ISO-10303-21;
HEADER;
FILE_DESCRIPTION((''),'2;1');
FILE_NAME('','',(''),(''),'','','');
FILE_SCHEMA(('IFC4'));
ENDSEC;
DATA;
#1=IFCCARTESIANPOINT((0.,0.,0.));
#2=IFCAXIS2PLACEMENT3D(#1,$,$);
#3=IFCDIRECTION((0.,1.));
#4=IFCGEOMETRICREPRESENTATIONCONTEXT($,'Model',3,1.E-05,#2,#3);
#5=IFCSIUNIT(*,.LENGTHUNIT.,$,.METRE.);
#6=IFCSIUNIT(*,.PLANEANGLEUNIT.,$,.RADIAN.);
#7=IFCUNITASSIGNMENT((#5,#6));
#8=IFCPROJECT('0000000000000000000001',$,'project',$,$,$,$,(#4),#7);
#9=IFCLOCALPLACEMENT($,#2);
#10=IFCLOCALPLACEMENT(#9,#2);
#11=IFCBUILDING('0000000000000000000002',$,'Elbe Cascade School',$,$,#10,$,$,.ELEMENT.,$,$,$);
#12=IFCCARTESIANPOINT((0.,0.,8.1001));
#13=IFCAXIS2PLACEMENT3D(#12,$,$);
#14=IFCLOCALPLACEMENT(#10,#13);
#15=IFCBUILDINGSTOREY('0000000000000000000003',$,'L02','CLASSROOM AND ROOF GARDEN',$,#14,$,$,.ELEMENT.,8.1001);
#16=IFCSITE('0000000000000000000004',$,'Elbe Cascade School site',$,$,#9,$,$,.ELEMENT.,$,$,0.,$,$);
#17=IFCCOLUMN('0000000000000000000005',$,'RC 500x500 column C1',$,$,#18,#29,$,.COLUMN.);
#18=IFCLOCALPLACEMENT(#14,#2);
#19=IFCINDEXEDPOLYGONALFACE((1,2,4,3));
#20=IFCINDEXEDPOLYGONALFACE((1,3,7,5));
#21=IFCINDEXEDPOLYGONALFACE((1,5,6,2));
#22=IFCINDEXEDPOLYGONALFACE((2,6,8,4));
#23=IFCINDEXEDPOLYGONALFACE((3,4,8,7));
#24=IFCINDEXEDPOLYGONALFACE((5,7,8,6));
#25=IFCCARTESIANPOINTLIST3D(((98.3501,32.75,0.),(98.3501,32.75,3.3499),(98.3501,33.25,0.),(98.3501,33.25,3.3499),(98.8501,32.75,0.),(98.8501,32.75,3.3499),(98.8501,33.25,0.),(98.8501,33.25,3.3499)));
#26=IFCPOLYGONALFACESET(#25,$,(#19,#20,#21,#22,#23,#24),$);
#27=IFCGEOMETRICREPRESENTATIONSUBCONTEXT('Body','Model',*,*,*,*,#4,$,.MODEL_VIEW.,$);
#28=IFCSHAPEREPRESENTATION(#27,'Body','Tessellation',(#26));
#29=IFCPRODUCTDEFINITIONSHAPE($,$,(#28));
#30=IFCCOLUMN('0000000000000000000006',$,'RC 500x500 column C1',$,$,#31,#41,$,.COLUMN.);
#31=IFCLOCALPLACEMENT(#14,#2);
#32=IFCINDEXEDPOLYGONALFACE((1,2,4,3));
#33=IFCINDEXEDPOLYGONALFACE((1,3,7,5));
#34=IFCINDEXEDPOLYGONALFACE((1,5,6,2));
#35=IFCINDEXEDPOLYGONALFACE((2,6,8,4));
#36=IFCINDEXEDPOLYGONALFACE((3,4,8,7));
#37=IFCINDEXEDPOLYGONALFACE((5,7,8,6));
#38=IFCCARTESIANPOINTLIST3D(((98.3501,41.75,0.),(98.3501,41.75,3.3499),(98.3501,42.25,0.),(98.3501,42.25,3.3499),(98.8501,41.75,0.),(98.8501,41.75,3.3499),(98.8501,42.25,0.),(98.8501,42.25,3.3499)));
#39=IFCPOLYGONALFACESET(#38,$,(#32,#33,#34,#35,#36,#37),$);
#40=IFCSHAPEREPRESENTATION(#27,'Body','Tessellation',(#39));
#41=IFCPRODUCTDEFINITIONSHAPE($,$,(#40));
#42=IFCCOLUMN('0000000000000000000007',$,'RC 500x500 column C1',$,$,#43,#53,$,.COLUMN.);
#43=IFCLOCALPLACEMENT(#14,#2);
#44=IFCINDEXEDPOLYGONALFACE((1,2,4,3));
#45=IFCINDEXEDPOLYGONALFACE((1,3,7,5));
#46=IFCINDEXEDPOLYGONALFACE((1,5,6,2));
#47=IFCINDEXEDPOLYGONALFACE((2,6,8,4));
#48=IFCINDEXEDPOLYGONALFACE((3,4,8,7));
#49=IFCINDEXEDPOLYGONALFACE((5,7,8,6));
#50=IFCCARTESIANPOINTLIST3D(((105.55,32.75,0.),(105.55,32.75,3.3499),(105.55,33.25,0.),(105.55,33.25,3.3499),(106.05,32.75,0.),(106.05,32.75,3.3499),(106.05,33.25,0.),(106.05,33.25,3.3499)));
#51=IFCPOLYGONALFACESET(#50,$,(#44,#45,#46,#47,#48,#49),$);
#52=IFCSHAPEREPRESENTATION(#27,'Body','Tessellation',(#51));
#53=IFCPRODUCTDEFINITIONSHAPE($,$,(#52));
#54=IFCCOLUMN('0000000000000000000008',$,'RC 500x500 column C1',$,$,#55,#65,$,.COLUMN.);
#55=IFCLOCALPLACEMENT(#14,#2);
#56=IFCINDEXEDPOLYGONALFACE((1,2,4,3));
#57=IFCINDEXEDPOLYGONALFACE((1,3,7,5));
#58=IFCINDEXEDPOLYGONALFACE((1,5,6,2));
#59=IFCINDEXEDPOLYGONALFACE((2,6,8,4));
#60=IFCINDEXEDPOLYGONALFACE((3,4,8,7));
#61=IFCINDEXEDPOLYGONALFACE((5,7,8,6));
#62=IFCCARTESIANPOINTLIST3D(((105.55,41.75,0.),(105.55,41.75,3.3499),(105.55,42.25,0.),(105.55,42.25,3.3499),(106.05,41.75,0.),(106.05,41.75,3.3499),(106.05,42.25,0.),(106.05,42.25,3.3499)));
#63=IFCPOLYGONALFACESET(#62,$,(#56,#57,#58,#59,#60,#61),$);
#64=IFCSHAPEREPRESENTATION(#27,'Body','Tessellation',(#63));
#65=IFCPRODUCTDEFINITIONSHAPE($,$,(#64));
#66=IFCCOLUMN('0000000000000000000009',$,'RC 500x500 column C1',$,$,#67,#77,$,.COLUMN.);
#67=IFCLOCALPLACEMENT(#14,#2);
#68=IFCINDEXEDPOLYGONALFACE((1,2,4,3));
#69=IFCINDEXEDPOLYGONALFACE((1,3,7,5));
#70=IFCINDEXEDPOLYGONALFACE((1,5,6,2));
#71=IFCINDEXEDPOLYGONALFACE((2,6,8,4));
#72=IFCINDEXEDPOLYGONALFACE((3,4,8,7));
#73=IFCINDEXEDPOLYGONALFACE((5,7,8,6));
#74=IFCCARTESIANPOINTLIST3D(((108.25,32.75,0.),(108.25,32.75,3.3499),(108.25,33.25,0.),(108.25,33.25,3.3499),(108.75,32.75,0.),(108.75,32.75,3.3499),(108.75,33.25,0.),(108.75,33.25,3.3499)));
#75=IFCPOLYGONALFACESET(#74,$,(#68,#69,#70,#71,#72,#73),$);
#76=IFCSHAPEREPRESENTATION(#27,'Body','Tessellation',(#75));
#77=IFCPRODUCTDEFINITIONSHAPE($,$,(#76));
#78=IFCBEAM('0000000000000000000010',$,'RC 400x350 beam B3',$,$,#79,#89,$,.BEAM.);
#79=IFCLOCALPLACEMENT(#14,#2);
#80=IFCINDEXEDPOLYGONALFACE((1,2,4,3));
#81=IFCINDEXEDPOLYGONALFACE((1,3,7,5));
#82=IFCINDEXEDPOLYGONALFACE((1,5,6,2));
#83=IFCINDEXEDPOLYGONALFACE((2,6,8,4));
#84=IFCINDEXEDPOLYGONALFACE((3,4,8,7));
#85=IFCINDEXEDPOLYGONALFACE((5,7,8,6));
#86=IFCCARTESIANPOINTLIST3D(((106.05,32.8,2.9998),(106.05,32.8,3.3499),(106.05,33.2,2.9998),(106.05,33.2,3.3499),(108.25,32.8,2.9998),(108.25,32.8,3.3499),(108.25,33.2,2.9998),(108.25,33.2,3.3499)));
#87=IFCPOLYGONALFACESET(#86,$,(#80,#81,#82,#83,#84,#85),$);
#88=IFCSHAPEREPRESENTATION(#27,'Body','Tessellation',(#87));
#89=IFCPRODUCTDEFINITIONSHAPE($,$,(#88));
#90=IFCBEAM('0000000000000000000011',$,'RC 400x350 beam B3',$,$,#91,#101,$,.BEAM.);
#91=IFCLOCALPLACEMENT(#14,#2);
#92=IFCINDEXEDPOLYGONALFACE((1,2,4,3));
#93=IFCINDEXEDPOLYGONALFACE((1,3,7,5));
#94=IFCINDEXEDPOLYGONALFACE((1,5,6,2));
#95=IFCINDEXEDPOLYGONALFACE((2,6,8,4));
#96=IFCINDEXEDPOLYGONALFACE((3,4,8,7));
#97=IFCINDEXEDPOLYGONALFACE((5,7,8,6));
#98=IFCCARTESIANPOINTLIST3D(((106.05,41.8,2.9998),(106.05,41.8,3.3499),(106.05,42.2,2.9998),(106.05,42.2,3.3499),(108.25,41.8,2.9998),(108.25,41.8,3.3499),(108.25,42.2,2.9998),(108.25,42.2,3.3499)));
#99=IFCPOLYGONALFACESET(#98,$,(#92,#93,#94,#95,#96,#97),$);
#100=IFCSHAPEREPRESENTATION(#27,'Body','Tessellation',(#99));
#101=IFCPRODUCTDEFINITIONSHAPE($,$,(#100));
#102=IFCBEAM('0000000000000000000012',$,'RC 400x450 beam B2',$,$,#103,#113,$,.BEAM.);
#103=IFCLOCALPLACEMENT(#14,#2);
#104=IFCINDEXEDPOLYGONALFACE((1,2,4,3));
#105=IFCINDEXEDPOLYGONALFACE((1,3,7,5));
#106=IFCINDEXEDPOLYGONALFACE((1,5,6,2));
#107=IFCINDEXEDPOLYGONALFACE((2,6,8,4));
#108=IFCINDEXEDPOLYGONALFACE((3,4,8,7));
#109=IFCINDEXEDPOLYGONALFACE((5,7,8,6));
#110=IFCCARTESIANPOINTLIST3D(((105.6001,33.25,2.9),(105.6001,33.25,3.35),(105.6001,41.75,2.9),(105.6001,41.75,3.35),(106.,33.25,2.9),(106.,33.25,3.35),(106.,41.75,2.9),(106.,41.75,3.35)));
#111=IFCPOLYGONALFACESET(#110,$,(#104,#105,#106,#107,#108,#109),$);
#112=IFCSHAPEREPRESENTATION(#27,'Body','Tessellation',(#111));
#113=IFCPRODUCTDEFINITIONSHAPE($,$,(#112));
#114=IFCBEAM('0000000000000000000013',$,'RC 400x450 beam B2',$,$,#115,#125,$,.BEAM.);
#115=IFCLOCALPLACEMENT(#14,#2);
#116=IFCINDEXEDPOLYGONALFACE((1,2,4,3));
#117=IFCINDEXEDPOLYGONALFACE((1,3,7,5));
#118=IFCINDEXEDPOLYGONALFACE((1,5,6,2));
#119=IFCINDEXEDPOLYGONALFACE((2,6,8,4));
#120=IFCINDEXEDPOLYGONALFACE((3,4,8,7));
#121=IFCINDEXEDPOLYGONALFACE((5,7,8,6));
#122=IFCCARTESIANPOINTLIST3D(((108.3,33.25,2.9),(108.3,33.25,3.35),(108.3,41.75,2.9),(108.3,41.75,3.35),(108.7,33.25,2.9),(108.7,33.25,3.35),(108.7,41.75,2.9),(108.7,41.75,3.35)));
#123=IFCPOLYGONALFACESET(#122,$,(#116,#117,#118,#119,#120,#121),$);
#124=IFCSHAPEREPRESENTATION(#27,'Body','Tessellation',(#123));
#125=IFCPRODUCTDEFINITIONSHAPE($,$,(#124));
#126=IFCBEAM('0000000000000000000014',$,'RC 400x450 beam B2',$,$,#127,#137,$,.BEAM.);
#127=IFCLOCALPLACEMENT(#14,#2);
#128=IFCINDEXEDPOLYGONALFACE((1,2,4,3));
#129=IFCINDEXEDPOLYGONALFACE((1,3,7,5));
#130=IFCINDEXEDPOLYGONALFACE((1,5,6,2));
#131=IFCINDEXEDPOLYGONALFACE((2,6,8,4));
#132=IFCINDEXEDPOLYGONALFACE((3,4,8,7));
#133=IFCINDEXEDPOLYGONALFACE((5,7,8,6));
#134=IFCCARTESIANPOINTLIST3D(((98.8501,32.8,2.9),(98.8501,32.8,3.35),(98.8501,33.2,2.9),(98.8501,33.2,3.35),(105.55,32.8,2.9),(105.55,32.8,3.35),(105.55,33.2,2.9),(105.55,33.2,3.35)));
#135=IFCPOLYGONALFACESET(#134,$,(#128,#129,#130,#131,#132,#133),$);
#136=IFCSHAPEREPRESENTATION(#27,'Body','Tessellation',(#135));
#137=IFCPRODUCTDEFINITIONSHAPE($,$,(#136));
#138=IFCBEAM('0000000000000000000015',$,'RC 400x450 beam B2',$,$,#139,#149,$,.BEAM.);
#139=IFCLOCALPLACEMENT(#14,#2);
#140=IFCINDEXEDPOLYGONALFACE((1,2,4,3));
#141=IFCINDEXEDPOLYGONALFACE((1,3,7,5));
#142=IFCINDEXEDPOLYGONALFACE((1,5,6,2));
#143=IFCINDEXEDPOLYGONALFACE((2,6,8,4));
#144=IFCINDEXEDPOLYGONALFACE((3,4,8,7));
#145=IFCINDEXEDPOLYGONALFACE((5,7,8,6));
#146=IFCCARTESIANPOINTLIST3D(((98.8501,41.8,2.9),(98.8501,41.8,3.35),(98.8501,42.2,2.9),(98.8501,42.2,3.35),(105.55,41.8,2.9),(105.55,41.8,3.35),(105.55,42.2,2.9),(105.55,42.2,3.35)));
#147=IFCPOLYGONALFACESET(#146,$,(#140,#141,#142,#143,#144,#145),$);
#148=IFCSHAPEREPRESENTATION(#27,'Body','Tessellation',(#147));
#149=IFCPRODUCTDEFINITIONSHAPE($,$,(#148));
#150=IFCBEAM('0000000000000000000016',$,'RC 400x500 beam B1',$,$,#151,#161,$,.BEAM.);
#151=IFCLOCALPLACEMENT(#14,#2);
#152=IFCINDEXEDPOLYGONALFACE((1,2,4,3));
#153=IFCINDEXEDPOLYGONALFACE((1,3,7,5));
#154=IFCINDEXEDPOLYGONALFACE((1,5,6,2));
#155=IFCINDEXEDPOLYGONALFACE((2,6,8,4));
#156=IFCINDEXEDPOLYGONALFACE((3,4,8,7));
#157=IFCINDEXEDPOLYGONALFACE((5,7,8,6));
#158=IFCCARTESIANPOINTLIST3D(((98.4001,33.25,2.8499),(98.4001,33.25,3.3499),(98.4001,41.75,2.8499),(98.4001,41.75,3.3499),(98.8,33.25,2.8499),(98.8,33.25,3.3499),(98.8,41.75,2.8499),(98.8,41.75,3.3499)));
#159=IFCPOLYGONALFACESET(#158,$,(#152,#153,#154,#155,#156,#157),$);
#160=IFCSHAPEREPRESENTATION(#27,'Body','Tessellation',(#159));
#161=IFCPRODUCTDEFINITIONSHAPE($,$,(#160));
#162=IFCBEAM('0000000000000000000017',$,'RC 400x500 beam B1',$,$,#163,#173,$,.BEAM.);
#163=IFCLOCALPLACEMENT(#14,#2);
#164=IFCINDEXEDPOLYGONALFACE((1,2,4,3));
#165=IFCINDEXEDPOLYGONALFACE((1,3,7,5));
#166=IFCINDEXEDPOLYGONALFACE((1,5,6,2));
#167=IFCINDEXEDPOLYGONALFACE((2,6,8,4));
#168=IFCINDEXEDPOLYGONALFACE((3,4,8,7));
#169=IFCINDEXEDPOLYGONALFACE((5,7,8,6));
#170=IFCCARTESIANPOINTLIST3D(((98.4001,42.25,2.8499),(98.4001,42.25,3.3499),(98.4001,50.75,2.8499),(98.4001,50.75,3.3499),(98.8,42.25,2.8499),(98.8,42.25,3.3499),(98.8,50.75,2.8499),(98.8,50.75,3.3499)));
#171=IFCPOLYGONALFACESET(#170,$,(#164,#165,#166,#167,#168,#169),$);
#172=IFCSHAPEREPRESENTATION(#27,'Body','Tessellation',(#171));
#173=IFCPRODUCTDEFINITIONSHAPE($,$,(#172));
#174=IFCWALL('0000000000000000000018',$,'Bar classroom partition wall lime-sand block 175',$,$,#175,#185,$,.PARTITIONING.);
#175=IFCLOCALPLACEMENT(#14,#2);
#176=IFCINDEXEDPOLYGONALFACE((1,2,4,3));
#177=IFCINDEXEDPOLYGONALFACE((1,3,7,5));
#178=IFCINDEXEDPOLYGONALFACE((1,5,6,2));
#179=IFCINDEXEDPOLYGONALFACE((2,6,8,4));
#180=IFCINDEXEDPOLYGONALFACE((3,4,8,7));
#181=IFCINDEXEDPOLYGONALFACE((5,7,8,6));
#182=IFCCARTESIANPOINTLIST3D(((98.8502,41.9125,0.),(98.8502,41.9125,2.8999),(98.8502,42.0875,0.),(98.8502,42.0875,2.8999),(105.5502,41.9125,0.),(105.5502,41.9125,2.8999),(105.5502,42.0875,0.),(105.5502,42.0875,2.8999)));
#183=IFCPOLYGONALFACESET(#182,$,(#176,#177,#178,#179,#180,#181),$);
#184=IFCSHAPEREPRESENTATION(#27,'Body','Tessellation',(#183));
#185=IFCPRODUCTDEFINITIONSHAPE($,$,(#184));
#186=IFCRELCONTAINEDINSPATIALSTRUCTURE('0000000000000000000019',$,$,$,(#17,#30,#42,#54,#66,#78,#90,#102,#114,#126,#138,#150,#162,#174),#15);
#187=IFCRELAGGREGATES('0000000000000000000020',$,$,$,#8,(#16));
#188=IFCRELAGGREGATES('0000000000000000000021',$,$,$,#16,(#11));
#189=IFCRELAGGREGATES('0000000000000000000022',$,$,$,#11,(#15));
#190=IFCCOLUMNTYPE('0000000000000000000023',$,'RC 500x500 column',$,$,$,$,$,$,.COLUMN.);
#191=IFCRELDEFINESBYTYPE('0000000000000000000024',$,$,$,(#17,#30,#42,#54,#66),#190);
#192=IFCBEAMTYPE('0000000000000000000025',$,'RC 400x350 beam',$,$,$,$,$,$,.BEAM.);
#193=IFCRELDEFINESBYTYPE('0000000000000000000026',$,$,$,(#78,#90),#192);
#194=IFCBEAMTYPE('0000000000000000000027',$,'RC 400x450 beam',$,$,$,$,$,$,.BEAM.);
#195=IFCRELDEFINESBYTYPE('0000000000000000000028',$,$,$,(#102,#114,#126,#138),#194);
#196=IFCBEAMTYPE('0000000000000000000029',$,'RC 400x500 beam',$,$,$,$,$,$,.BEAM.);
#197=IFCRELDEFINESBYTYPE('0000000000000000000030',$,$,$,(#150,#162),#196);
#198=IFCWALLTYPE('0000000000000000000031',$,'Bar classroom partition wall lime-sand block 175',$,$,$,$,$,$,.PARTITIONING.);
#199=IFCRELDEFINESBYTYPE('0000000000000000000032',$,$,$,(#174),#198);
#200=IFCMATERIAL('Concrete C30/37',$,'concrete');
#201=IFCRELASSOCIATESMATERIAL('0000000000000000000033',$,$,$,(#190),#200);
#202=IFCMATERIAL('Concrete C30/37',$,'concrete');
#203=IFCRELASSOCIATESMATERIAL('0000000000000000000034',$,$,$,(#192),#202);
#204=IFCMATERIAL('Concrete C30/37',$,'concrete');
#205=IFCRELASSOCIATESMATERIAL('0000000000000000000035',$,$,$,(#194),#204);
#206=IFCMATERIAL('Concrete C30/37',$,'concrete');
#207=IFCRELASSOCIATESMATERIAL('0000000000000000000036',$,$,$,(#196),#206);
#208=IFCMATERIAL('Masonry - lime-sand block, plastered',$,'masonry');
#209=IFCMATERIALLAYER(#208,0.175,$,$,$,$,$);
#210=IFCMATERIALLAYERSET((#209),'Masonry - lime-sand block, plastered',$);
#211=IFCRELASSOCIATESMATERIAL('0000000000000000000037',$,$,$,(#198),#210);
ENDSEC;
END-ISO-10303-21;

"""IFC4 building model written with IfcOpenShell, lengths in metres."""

from ifc_helpers import new_model, si_unit, direction, frame, frame_2d, origin, origin_2d, place, context, subcontext, project, spatial, rectangle, extrude, material, layer, layer_set, material_profile, profile_set, type_object, element, save


model = new_model("IFC4")

# Units and contexts
model_context = context("Model", 3, precision=1e-05, world=origin(), true_north=direction((0.0, 1.0)))
body_context = subcontext(model_context, "Body", "Model", "MODEL_VIEW")
ifc_project = project(units=[si_unit("LENGTHUNIT", "METRE"), si_unit("PLANEANGLEUNIT", "RADIAN")], contexts=[model_context])

# Site, building, storey
site_placement = place(None, origin())
site = spatial("IfcSite", under=ifc_project, at=site_placement, Name="Elbe Cascade School site", CompositionType="ELEMENT", RefElevation=0.0)
building_placement = place(site_placement, origin())
building = spatial("IfcBuilding", under=site, at=building_placement, Name="Elbe Cascade School", CompositionType="ELEMENT")
storey_placement = place(building_placement, frame((0.0, 0.0, 8.1001)))
storey = spatial("IfcBuildingStorey", under=building, at=storey_placement, Name="L02", Description="CLASSROOM AND ROOF GARDEN", CompositionType="ELEMENT", Elevation=8.1001)

# Columns
ifc_material_1 = material(Name="Concrete C30/37", Category="concrete")
ifc_material_profile_1 = material_profile(ifc_material_1, rectangle(XDim=0.5, YDim=0.5, at=origin_2d()), Name="RC 500x500")
ifc_profile_set_1 = profile_set([ifc_material_profile_1], Name="Concrete C30/37")
column_type = type_object("IfcColumnType", Name="RC 500x500 column", PredefinedType="COLUMN", material=ifc_profile_set_1)
for number, where, z_axis, x_axis, name in (
    (1, (98.6001, 33.0, 0.0), (0.0, 0.0, 1.0), (1.0, 0.0, 0.0), "RC 500x500 column C1"),
    (2, (98.6001, 42.0, 0.0), (0.0, 0.0, 1.0), (1.0, 0.0, 0.0), "RC 500x500 column C1"),
    (3, (105.8, 33.0, 0.0), (0.0, 0.0, 1.0), (1.0, 0.0, 0.0), "RC 500x500 column C1"),
    (4, (105.8, 42.0, 0.0), (0.0, 0.0, 1.0), (1.0, 0.0, 0.0), "RC 500x500 column C1"),
    (5, (108.5, 33.0, 0.0), (0.0, 0.0, 1.0), (1.0, 0.0, 0.0), "RC 500x500 column C1"),
):
    element("IfcColumn", number, at=place(storey_placement, frame(where, z_axis=z_axis, x_axis=x_axis)), inside=storey, type_object=column_type, Name=name, PredefinedType="COLUMN", context=body_context, shape_type="SweptSolid", body=[
        extrude(rectangle(XDim=0.5, YDim=0.5, at=origin_2d()), origin(), (0.0, 0.0, 1.0), 3.3499),
    ])

# Beams
ifc_material_2 = material(Name="Concrete C30/37", Category="concrete")
ifc_material_profile_2 = material_profile(ifc_material_2, rectangle(XDim=0.3999, YDim=0.3501, at=origin_2d()), Name="RC 400x350")
ifc_profile_set_2 = profile_set([ifc_material_profile_2], Name="Concrete C30/37")
beam_type_1 = type_object("IfcBeamType", Name="RC 400x350 beam", PredefinedType="BEAM", material=ifc_profile_set_2)
for number, where, z_axis, x_axis, name in (
    (6, (106.05, 33.0, 3.1748), (1.0, 0.0, 0.0), (0.0, 1.0, 0.0), "RC 400x350 beam B3"),
    (7, (106.05, 42.0, 3.1748), (1.0, 0.0, 0.0), (0.0, 1.0, 0.0), "RC 400x350 beam B3"),
):
    element("IfcBeam", number, at=place(storey_placement, frame(where, z_axis=z_axis, x_axis=x_axis)), inside=storey, type_object=beam_type_1, Name=name, PredefinedType="BEAM", context=body_context, shape_type="SweptSolid", body=[
        extrude(rectangle(XDim=0.3999, YDim=0.3501, at=origin_2d()), origin(), (0.0, 0.0, 1.0), 2.2),
    ])
ifc_material_3 = material(Name="Concrete C30/37", Category="concrete")
ifc_material_profile_3 = material_profile(ifc_material_3, rectangle(XDim=0.3999, YDim=0.45, at=origin_2d()), Name="RC 400x450")
ifc_profile_set_3 = profile_set([ifc_material_profile_3], Name="Concrete C30/37")
beam_type_2 = type_object("IfcBeamType", Name="RC 400x450 beam", PredefinedType="BEAM", material=ifc_profile_set_3)
for number, where, z_axis, x_axis, name in (
    (8, (105.8, 33.25, 3.125), (0.0, 1.0, 0.0), (-1.0, 0.0, 0.0), "RC 400x450 beam B2"),
    (9, (108.5, 33.25, 3.125), (0.0, 1.0, 0.0), (-1.0, 0.0, 0.0), "RC 400x450 beam B2"),
):
    element("IfcBeam", number, at=place(storey_placement, frame(where, z_axis=z_axis, x_axis=x_axis)), inside=storey, type_object=beam_type_2, Name=name, PredefinedType="BEAM", context=body_context, shape_type="SweptSolid", body=[
        extrude(rectangle(XDim=0.3999, YDim=0.45, at=origin_2d()), origin(), (0.0, 0.0, 1.0), 8.5),
    ])
for number, where, z_axis, x_axis, name in (
    (10, (98.8501, 33.0, 3.125), (1.0, 0.0, 0.0), (0.0, 1.0, 0.0), "RC 400x450 beam B2"),
    (11, (98.8501, 42.0, 3.125), (1.0, 0.0, 0.0), (0.0, 1.0, 0.0), "RC 400x450 beam B2"),
):
    element("IfcBeam", number, at=place(storey_placement, frame(where, z_axis=z_axis, x_axis=x_axis)), inside=storey, type_object=beam_type_2, Name=name, PredefinedType="BEAM", context=body_context, shape_type="SweptSolid", body=[
        extrude(rectangle(XDim=0.3999, YDim=0.45, at=origin_2d()), origin(), (0.0, 0.0, 1.0), 6.7),
    ])
ifc_material_4 = material(Name="Concrete C30/37", Category="concrete")
ifc_material_profile_4 = material_profile(ifc_material_4, rectangle(XDim=0.3999, YDim=0.5, at=origin_2d()), Name="RC 400x500")
ifc_profile_set_4 = profile_set([ifc_material_profile_4], Name="Concrete C30/37")
beam_type_3 = type_object("IfcBeamType", Name="RC 400x500 beam", PredefinedType="BEAM", material=ifc_profile_set_4)
for number, where, z_axis, x_axis, name in (
    (12, (98.6001, 33.25, 3.0999), (0.0, 1.0, 0.0), (-1.0, 0.0, 0.0), "RC 400x500 beam B1"),
    (13, (98.6001, 42.25, 3.0999), (0.0, 1.0, 0.0), (-1.0, 0.0, 0.0), "RC 400x500 beam B1"),
):
    element("IfcBeam", number, at=place(storey_placement, frame(where, z_axis=z_axis, x_axis=x_axis)), inside=storey, type_object=beam_type_3, Name=name, PredefinedType="BEAM", context=body_context, shape_type="SweptSolid", body=[
        extrude(rectangle(XDim=0.3999, YDim=0.5, at=origin_2d()), origin(), (0.0, 0.0, 1.0), 8.5),
    ])

# Wall
ifc_material_5 = material(Name="Masonry - lime-sand block, plastered", Category="masonry")
ifc_layer_1 = layer(ifc_material_5, 0.175)
ifc_layer_set_1 = layer_set([ifc_layer_1], Name="Masonry - lime-sand block, plastered")
wall_type_1 = type_object("IfcWallType", Name="Bar classroom partition wall lime-sand block 175", PredefinedType="PARTITIONING", material=ifc_layer_set_1)
wall_1_placement = place(storey_placement, frame((98.8501, 42.0, 0.0), z_axis=(0.0, 0.0, 1.0), x_axis=(1.0, 0.0, 0.0)))
element("IfcWall", 14, at=wall_1_placement, inside=storey, type_object=wall_type_1, Name="Bar classroom partition wall lime-sand block 175", PredefinedType="PARTITIONING", context=body_context, shape_type="SweptSolid", body=[
    extrude(rectangle(XDim=6.7, YDim=0.175, at=frame_2d((3.3501, 0.0))), origin(), (0.0, 0.0, 1.0), 2.8999),
])

save(model, "model.ifc")
